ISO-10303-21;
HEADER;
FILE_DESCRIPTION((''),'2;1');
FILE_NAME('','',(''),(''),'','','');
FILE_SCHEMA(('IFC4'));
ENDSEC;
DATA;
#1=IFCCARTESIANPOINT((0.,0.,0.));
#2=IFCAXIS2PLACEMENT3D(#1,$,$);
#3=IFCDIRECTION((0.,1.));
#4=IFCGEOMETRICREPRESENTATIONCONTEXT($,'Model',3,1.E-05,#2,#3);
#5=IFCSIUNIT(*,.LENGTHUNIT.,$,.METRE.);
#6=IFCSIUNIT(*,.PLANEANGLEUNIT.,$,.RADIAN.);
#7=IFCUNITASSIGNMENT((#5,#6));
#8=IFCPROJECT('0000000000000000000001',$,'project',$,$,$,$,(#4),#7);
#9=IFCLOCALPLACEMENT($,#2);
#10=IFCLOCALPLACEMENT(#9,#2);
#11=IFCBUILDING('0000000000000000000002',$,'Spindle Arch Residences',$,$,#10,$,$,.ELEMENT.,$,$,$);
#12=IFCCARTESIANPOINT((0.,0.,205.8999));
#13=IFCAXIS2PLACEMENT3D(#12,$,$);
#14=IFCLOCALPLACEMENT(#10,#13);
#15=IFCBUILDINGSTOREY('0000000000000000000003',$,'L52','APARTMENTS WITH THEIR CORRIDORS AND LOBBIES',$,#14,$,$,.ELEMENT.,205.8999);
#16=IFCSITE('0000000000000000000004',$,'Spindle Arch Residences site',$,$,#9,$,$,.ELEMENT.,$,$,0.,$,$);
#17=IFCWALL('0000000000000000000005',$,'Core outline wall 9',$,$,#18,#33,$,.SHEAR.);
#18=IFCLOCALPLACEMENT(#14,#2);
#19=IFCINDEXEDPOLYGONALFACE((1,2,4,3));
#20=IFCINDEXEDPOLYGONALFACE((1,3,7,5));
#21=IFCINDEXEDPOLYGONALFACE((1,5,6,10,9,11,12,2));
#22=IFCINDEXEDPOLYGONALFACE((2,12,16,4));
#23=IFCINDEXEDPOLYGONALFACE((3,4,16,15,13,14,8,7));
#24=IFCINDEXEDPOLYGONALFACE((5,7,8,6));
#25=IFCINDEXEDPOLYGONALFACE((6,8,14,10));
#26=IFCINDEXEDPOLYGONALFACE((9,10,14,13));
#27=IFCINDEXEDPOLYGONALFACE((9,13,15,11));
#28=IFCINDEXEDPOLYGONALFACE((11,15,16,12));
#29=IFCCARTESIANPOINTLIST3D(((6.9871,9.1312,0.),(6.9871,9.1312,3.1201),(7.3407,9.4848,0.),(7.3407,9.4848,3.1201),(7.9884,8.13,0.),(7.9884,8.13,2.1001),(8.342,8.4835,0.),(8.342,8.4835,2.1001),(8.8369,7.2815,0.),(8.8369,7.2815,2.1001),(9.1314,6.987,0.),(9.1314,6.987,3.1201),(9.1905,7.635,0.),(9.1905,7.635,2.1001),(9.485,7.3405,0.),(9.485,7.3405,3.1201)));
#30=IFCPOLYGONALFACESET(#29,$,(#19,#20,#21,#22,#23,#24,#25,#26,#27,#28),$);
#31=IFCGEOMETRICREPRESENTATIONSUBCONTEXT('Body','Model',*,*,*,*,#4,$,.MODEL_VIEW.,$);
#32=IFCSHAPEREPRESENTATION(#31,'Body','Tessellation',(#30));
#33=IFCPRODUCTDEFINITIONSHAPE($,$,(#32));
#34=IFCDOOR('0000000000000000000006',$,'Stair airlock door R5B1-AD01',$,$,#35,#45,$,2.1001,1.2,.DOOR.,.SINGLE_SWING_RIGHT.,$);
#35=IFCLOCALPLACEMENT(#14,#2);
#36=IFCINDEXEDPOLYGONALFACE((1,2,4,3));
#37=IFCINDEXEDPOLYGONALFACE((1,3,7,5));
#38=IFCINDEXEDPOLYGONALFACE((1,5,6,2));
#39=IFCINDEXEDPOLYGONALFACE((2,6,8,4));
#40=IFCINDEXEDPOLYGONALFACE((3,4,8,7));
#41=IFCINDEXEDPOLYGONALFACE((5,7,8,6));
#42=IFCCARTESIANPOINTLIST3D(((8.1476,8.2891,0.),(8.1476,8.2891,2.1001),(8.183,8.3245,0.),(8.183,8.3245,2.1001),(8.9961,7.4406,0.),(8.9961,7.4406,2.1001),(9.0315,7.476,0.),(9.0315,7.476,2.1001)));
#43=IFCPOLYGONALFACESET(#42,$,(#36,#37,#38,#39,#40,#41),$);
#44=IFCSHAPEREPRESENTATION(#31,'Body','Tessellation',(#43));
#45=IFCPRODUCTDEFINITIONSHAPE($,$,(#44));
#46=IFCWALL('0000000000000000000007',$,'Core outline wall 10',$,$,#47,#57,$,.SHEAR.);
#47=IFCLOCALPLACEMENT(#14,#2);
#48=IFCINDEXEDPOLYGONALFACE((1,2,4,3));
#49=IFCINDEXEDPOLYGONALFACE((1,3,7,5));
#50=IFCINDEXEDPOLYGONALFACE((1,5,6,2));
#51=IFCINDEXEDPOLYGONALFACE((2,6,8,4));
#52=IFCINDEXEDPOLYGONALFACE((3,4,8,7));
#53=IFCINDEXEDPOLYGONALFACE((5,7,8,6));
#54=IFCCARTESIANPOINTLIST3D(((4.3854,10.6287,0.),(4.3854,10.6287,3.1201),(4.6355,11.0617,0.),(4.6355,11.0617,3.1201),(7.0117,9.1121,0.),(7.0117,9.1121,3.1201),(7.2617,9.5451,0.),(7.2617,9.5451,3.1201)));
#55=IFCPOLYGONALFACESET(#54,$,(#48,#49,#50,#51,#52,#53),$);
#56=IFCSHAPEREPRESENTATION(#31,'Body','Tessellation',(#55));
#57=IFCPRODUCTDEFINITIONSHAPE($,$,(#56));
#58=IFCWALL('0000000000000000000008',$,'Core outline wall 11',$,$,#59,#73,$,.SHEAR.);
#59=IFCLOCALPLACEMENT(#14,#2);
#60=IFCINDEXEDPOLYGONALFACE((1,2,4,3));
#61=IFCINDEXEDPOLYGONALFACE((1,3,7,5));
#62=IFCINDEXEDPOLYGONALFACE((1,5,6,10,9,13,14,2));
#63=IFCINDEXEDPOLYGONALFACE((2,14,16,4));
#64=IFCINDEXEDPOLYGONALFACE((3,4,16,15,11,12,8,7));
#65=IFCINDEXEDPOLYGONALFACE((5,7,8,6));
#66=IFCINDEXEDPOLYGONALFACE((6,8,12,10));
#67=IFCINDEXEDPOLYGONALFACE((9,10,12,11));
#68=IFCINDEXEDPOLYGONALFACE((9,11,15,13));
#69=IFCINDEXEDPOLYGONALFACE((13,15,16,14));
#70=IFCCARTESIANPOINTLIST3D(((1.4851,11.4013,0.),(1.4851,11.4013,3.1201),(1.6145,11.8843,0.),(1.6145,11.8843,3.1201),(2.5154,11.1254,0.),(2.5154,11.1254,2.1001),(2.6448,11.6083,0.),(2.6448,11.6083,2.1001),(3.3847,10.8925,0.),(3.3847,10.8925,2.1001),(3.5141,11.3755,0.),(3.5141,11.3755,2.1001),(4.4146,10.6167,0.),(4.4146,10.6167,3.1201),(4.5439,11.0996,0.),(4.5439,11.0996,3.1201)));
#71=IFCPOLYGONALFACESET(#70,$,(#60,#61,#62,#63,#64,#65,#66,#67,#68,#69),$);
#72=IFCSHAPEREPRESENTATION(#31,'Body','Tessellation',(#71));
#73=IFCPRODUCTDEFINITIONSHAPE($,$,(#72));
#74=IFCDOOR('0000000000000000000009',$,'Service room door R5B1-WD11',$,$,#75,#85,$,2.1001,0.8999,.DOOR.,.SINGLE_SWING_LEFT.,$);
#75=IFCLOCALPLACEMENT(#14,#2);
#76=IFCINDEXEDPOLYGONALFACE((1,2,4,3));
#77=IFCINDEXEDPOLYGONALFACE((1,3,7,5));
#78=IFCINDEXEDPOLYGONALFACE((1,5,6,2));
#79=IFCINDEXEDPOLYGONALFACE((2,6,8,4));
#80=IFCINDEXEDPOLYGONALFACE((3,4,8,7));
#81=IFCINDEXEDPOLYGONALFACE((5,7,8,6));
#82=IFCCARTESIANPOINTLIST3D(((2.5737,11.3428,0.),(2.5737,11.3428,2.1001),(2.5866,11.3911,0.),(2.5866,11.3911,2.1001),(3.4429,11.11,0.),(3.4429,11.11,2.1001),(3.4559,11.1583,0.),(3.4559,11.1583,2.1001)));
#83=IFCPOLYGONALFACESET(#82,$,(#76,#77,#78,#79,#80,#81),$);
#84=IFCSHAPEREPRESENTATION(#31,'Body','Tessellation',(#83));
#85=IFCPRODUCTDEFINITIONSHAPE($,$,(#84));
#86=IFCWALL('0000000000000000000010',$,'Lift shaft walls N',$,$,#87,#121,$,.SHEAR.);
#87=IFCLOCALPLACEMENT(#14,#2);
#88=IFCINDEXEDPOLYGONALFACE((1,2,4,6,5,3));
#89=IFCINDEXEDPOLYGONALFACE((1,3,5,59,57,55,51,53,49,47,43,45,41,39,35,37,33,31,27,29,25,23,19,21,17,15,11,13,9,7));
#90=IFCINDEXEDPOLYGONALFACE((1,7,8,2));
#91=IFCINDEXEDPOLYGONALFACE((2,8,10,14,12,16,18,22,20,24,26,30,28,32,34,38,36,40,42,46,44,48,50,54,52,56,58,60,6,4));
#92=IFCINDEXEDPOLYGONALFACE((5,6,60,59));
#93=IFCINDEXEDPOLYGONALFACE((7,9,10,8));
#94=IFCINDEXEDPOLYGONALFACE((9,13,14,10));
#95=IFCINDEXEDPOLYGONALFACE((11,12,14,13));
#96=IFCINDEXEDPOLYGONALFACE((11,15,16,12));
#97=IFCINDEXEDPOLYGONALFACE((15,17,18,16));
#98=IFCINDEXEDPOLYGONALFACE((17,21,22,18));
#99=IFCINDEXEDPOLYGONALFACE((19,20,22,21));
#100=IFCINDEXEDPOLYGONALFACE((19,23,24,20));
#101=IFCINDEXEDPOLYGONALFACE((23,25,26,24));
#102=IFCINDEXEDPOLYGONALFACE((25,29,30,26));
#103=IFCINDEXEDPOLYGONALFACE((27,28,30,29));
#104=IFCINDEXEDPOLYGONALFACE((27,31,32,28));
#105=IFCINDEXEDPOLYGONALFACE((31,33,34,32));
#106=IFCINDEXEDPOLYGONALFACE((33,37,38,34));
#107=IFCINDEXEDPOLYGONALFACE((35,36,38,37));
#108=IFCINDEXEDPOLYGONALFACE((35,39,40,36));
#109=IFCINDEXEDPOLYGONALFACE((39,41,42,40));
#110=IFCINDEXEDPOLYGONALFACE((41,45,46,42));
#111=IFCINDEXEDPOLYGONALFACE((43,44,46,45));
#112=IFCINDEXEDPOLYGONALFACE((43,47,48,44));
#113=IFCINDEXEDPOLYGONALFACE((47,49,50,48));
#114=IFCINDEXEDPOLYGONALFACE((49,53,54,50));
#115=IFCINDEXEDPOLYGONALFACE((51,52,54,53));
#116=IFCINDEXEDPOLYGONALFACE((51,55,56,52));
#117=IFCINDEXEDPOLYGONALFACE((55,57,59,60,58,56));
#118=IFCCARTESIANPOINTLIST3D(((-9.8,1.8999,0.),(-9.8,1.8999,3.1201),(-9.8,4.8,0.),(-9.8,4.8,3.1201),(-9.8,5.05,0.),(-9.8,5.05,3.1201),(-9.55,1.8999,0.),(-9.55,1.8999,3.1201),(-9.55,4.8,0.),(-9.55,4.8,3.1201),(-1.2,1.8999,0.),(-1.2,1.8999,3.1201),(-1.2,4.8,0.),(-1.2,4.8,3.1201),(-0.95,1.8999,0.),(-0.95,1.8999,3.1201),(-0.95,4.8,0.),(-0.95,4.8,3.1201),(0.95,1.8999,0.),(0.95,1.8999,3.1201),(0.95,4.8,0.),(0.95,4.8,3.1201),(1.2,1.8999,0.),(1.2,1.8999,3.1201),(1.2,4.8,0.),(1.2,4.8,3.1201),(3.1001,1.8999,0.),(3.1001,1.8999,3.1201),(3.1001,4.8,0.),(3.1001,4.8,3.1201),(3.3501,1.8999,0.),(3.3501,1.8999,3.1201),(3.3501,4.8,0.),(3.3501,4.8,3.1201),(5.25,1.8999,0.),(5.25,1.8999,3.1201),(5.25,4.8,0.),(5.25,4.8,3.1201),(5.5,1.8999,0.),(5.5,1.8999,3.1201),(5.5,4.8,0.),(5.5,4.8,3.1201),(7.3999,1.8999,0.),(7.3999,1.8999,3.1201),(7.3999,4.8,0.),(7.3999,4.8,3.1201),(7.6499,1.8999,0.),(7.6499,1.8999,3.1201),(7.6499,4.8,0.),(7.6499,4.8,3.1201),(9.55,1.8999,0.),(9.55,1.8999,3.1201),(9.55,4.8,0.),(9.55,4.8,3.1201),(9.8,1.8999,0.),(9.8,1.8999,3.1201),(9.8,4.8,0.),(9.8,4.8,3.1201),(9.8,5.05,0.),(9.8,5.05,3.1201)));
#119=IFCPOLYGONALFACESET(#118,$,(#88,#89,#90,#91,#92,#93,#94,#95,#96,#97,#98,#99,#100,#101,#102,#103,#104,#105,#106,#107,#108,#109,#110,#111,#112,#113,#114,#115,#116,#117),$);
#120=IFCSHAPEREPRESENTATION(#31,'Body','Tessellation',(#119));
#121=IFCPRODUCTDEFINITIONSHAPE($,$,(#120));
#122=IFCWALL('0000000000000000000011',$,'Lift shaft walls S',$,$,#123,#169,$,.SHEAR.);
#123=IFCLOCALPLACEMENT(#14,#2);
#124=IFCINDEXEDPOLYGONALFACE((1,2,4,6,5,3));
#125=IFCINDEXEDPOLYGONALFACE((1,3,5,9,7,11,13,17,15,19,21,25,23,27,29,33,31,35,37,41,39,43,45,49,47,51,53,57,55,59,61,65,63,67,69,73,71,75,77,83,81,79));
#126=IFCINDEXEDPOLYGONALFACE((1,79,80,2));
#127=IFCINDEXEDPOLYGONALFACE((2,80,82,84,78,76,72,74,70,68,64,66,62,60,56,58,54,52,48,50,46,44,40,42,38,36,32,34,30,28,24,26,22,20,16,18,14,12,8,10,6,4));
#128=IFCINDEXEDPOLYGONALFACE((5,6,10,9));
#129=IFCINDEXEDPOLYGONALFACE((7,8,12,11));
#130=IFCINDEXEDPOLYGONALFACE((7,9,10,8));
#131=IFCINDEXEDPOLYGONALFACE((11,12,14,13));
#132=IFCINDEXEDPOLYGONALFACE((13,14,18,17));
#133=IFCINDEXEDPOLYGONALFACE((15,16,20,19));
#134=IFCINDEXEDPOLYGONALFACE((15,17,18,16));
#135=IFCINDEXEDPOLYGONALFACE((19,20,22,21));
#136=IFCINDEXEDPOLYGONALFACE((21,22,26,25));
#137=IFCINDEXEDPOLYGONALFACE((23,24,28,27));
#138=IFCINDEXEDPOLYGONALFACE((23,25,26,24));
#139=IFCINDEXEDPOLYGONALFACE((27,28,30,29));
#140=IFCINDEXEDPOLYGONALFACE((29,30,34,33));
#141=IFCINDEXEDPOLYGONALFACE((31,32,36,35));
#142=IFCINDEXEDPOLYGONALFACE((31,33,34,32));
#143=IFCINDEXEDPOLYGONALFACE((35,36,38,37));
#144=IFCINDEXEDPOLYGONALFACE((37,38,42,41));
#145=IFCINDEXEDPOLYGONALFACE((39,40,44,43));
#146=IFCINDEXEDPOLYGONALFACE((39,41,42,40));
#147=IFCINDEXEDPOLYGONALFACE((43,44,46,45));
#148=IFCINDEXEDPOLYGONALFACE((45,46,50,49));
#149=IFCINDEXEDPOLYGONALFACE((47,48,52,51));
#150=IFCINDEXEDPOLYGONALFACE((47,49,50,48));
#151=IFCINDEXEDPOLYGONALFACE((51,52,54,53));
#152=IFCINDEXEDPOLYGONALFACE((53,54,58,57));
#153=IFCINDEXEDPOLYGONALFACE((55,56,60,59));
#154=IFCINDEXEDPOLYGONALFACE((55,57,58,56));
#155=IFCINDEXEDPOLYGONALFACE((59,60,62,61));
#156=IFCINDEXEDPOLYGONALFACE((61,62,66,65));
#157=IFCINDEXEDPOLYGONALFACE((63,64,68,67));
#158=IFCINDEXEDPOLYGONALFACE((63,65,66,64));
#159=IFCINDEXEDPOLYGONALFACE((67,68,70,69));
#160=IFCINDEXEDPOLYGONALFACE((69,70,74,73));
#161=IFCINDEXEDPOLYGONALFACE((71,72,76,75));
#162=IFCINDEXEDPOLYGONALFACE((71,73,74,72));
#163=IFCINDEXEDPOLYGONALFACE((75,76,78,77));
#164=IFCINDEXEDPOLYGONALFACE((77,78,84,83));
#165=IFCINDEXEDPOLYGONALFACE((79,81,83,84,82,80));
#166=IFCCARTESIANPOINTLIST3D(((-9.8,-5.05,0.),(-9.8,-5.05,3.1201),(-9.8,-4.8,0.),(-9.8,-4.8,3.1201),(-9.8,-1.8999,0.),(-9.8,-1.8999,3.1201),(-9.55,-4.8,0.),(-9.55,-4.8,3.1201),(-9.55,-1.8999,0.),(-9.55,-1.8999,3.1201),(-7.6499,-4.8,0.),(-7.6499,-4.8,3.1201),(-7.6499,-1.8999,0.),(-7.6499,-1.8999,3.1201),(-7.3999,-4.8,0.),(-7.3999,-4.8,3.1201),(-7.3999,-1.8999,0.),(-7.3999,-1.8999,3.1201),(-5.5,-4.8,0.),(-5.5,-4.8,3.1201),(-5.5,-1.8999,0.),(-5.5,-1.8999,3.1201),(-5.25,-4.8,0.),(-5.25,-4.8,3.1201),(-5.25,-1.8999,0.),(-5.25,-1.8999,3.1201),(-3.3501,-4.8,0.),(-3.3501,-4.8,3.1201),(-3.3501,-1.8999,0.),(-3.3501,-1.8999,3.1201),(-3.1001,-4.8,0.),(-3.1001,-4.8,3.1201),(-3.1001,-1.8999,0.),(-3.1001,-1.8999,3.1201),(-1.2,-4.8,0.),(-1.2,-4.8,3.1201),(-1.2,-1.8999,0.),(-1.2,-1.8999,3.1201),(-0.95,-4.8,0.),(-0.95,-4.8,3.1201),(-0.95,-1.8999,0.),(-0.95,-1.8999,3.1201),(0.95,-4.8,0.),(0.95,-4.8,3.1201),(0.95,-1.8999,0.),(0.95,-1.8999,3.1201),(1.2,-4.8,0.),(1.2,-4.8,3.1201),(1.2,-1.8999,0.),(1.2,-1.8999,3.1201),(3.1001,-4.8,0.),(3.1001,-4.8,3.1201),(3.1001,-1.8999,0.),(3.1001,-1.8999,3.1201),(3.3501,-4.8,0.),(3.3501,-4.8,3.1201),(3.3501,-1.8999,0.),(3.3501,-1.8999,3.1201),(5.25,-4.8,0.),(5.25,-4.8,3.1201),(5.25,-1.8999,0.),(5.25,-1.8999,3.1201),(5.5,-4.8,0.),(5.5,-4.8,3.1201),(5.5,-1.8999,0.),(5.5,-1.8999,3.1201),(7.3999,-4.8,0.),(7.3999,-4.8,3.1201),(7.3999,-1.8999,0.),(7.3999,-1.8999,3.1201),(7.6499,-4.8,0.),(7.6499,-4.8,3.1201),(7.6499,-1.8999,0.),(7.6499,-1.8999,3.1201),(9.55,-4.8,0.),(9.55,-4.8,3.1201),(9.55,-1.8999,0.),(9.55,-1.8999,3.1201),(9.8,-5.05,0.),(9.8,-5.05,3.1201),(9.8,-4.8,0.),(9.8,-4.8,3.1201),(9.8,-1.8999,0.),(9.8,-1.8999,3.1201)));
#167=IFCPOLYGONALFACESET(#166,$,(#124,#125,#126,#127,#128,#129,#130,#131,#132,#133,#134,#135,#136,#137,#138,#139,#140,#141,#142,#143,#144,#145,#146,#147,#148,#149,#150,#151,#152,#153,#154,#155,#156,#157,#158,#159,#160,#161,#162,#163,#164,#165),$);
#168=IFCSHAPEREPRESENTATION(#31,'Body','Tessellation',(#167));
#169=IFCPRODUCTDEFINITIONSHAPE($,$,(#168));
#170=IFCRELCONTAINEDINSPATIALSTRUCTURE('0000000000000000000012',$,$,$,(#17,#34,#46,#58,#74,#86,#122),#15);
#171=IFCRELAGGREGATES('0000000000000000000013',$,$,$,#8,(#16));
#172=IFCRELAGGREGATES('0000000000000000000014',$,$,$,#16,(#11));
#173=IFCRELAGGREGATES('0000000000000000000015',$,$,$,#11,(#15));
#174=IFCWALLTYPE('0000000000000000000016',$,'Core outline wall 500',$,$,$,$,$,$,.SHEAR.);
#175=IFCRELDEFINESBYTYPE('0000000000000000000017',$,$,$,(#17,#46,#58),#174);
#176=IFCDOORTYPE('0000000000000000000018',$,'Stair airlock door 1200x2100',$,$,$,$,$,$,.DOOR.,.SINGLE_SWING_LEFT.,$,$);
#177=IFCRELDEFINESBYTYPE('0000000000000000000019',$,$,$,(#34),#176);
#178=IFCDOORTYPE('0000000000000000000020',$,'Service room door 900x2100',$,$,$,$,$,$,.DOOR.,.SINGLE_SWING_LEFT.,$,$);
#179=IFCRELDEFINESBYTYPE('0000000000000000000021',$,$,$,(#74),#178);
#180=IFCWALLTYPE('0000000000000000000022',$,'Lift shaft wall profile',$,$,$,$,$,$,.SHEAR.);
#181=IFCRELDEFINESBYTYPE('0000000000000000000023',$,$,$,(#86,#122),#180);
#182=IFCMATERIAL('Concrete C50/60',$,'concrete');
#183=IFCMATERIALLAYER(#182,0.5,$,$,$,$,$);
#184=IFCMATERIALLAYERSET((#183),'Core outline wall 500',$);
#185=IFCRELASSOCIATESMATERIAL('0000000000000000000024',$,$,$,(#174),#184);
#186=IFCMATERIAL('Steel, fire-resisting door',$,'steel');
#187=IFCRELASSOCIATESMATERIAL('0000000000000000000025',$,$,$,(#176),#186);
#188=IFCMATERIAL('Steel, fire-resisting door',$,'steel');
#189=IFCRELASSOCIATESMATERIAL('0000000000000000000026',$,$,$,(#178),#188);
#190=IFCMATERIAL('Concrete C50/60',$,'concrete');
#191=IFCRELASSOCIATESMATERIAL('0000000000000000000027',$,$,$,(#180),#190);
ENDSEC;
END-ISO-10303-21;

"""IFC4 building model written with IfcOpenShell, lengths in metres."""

from ifc_helpers import new_model, si_unit, direction, frame, frame_2d, origin, place, context, subcontext, project, spatial, polyline, rectangle, outline, extrude, material, layer, layer_set, type_object, element, fill, save


model = new_model("IFC4")

# Units and contexts
model_context = context("Model", 3, precision=1e-05, world=origin(), true_north=direction((0.0, 1.0)))
body_context = subcontext(model_context, "Body", "Model", "MODEL_VIEW")
ifc_project = project(units=[si_unit("LENGTHUNIT", "METRE"), si_unit("PLANEANGLEUNIT", "RADIAN")], contexts=[model_context])

# Site, building, storey
site_placement = place(None, origin())
site = spatial("IfcSite", under=ifc_project, at=site_placement, Name="Spindle Arch Residences site", CompositionType="ELEMENT", RefElevation=0.0)
building_placement = place(site_placement, origin())
building = spatial("IfcBuilding", under=site, at=building_placement, Name="Spindle Arch Residences", CompositionType="ELEMENT")
storey_placement = place(building_placement, frame((0.0, 0.0, 205.8999)))
storey = spatial("IfcBuildingStorey", under=building, at=storey_placement, Name="L52", Description="APARTMENTS WITH THEIR CORRIDORS AND LOBBIES", CompositionType="ELEMENT", Elevation=205.8999)

# Wall, opening, door
ifc_material_1 = material(Name="Concrete C50/60", Category="concrete")
ifc_layer_1 = layer(ifc_material_1, 0.5)
ifc_layer_set_1 = layer_set([ifc_layer_1], Name="Core outline wall 500")
wall_type_1 = type_object("IfcWallType", Name="Core outline wall 500", PredefinedType="SHEAR", material=ifc_layer_set_1)
wall_1_placement = place(storey_placement, frame((9.3081, 7.1638, 0.0), z_axis=(0.0, 0.0, 1.0), x_axis=(-0.707107, 0.707107, 0.0)))
wall_1 = element("IfcWall", 1, at=wall_1_placement, inside=storey, type_object=wall_type_1, Name="Core outline wall 9", PredefinedType="SHEAR", context=body_context, shape_type="SweptSolid", body=[
    extrude(rectangle(XDim=3.0325, YDim=0.5, at=frame_2d((1.5161, 0.0))), origin(), (0.0, 0.0, 1.0), 3.1201),
])
opening_1_placement = place(wall_1_placement, frame((0.4163, 0.0, 0.0)))
opening_1 = element("IfcOpeningElement", 2, at=opening_1_placement, cuts=wall_1, PredefinedType="OPENING", context=body_context, shape_type="SweptSolid", body=[
    extrude(rectangle(XDim=1.2, YDim=2.1001, at=frame_2d((0.6001, 1.05))), frame((0.0, 0.26, 0.0), z_axis=(0.0, -1.0, 0.0), x_axis=(1.0, 0.0, 0.0)), (0.0, 0.0, 1.0), 0.52),
])
ifc_material_2 = material(Name="Steel, fire-resisting door", Category="steel")
door_type_1 = type_object("IfcDoorType", Name="Stair airlock door 1200x2100", OperationType="SINGLE_SWING_LEFT", PredefinedType="DOOR", material=ifc_material_2)
door_1_placement = place(opening_1_placement, origin())
door_1 = element("IfcDoor", 3, at=door_1_placement, inside=storey, type_object=door_type_1, Name="Stair airlock door R5B1-AD01", OperationType="SINGLE_SWING_RIGHT", OverallHeight=2.1001, OverallWidth=1.2, PredefinedType="DOOR", context=body_context, shape_type="SweptSolid", body=[
    extrude(rectangle(XDim=1.2, YDim=2.1001, at=frame_2d((0.6001, 1.05))), frame((0.0, 0.0249, 0.0), z_axis=(0.0, -1.0, 0.0), x_axis=(1.0, 0.0, 0.0)), (0.0, 0.0, 1.0), 0.05),
])
fill(opening_1, door_1)

# Wall
wall_2_placement = place(storey_placement, frame((7.1367, 9.3286, 0.0), z_axis=(0.0, 0.0, 1.0), x_axis=(-0.865975, 0.500087, 0.0)))
element("IfcWall", 4, at=wall_2_placement, inside=storey, type_object=wall_type_1, Name="Core outline wall 10", PredefinedType="SHEAR", context=body_context, shape_type="SweptSolid", body=[
    extrude(rectangle(XDim=3.0327, YDim=0.5, at=frame_2d((1.5164, 0.0))), origin(), (0.0, 0.0, 1.0), 3.1201),
])

# Wall, opening, door
wall_3_placement = place(storey_placement, frame((4.4792, 10.8582, 0.0), z_axis=(0.0, 0.0, 1.0), x_axis=(-0.965948, 0.258735, 0.0)))
wall_3 = element("IfcWall", 5, at=wall_3_placement, inside=storey, type_object=wall_type_1, Name="Core outline wall 11", PredefinedType="SHEAR", context=body_context, shape_type="SweptSolid", body=[
    extrude(rectangle(XDim=3.0327, YDim=0.5, at=frame_2d((1.5164, 0.0))), origin(), (0.0, 0.0, 1.0), 3.1201),
])
opening_2_placement = place(wall_3_placement, frame((1.0662, 0.0, 0.0)))
opening_2 = element("IfcOpeningElement", 6, at=opening_2_placement, cuts=wall_3, PredefinedType="OPENING", context=body_context, shape_type="SweptSolid", body=[
    extrude(rectangle(XDim=0.8999, YDim=2.1001, at=frame_2d((0.45, 1.05))), frame((0.0, 0.26, 0.0), z_axis=(0.0, -1.0, 0.0), x_axis=(1.0, 0.0, 0.0)), (0.0, 0.0, 1.0), 0.52),
])
ifc_material_3 = material(Name="Steel, fire-resisting door", Category="steel")
door_type_2 = type_object("IfcDoorType", Name="Service room door 900x2100", OperationType="SINGLE_SWING_LEFT", PredefinedType="DOOR", material=ifc_material_3)
door_2_placement = place(opening_2_placement, origin())
door_2 = element("IfcDoor", 7, at=door_2_placement, inside=storey, type_object=door_type_2, Name="Service room door R5B1-WD11", OperationType="SINGLE_SWING_LEFT", OverallHeight=2.1001, OverallWidth=0.8999, PredefinedType="DOOR", context=body_context, shape_type="SweptSolid", body=[
    extrude(rectangle(XDim=0.8999, YDim=2.1001, at=frame_2d((0.45, 1.05))), frame((0.0, 0.0249, 0.0), z_axis=(0.0, -1.0, 0.0), x_axis=(1.0, 0.0, 0.0)), (0.0, 0.0, 1.0), 0.05),
])
fill(opening_2, door_2)

# Walls
ifc_material_4 = material(Name="Concrete C50/60", Category="concrete")
wall_type_2 = type_object("IfcWallType", Name="Lift shaft wall profile", PredefinedType="SHEAR", material=ifc_material_4)
wall_4_placement = place(storey_placement, origin())
element("IfcWall", 8, at=wall_4_placement, inside=storey, type_object=wall_type_2, Name="Lift shaft walls N", PredefinedType="SHEAR", context=body_context, shape_type="SweptSolid", body=[
    extrude(outline(polyline([(-9.55, 4.8), (-1.2, 4.8), (-1.2, 1.8999), (-0.95, 1.8999), (-0.95, 4.8), (0.95, 4.8), (0.95, 1.8999), (1.2, 1.8999), (1.2, 4.8), (3.1001, 4.8), (3.1001, 1.8999), (3.3501, 1.8999), (3.3501, 4.8), (5.25, 4.8), (5.25, 1.8999), (5.5, 1.8999), (5.5, 4.8), (7.3999, 4.8), (7.3999, 1.8999), (7.6499, 1.8999), (7.6499, 4.8), (9.55, 4.8), (9.55, 1.8999), (9.8, 1.8999), (9.8, 4.8), (9.8, 5.05), (-9.8, 5.05), (-9.8, 4.8), (-9.8, 1.8999), (-9.55, 1.8999), (-9.55, 4.8)])), origin(), (0.0, 0.0, 1.0), 3.1201),
])
wall_5_placement = place(storey_placement, origin())
element("IfcWall", 9, at=wall_5_placement, inside=storey, type_object=wall_type_2, Name="Lift shaft walls S", PredefinedType="SHEAR", context=body_context, shape_type="SweptSolid", body=[
    extrude(outline(polyline([(9.8, -5.05), (9.8, -4.8), (9.8, -1.8999), (9.55, -1.8999), (9.55, -4.8), (7.6499, -4.8), (7.6499, -1.8999), (7.3999, -1.8999), (7.3999, -4.8), (5.5, -4.8), (5.5, -1.8999), (5.25, -1.8999), (5.25, -4.8), (3.3501, -4.8), (3.3501, -1.8999), (3.1001, -1.8999), (3.1001, -4.8), (1.2, -4.8), (1.2, -1.8999), (0.95, -1.8999), (0.95, -4.8), (-0.95, -4.8), (-0.95, -1.8999), (-1.2, -1.8999), (-1.2, -4.8), (-3.1001, -4.8), (-3.1001, -1.8999), (-3.3501, -1.8999), (-3.3501, -4.8), (-5.25, -4.8), (-5.25, -1.8999), (-5.5, -1.8999), (-5.5, -4.8), (-7.3999, -4.8), (-7.3999, -1.8999), (-7.6499, -1.8999), (-7.6499, -4.8), (-9.55, -4.8), (-9.55, -1.8999), (-9.8, -1.8999), (-9.8, -4.8), (-9.8, -5.05), (9.8, -5.05)])), origin(), (0.0, 0.0, 1.0), 3.1201),
])

save(model, "model.ifc")
